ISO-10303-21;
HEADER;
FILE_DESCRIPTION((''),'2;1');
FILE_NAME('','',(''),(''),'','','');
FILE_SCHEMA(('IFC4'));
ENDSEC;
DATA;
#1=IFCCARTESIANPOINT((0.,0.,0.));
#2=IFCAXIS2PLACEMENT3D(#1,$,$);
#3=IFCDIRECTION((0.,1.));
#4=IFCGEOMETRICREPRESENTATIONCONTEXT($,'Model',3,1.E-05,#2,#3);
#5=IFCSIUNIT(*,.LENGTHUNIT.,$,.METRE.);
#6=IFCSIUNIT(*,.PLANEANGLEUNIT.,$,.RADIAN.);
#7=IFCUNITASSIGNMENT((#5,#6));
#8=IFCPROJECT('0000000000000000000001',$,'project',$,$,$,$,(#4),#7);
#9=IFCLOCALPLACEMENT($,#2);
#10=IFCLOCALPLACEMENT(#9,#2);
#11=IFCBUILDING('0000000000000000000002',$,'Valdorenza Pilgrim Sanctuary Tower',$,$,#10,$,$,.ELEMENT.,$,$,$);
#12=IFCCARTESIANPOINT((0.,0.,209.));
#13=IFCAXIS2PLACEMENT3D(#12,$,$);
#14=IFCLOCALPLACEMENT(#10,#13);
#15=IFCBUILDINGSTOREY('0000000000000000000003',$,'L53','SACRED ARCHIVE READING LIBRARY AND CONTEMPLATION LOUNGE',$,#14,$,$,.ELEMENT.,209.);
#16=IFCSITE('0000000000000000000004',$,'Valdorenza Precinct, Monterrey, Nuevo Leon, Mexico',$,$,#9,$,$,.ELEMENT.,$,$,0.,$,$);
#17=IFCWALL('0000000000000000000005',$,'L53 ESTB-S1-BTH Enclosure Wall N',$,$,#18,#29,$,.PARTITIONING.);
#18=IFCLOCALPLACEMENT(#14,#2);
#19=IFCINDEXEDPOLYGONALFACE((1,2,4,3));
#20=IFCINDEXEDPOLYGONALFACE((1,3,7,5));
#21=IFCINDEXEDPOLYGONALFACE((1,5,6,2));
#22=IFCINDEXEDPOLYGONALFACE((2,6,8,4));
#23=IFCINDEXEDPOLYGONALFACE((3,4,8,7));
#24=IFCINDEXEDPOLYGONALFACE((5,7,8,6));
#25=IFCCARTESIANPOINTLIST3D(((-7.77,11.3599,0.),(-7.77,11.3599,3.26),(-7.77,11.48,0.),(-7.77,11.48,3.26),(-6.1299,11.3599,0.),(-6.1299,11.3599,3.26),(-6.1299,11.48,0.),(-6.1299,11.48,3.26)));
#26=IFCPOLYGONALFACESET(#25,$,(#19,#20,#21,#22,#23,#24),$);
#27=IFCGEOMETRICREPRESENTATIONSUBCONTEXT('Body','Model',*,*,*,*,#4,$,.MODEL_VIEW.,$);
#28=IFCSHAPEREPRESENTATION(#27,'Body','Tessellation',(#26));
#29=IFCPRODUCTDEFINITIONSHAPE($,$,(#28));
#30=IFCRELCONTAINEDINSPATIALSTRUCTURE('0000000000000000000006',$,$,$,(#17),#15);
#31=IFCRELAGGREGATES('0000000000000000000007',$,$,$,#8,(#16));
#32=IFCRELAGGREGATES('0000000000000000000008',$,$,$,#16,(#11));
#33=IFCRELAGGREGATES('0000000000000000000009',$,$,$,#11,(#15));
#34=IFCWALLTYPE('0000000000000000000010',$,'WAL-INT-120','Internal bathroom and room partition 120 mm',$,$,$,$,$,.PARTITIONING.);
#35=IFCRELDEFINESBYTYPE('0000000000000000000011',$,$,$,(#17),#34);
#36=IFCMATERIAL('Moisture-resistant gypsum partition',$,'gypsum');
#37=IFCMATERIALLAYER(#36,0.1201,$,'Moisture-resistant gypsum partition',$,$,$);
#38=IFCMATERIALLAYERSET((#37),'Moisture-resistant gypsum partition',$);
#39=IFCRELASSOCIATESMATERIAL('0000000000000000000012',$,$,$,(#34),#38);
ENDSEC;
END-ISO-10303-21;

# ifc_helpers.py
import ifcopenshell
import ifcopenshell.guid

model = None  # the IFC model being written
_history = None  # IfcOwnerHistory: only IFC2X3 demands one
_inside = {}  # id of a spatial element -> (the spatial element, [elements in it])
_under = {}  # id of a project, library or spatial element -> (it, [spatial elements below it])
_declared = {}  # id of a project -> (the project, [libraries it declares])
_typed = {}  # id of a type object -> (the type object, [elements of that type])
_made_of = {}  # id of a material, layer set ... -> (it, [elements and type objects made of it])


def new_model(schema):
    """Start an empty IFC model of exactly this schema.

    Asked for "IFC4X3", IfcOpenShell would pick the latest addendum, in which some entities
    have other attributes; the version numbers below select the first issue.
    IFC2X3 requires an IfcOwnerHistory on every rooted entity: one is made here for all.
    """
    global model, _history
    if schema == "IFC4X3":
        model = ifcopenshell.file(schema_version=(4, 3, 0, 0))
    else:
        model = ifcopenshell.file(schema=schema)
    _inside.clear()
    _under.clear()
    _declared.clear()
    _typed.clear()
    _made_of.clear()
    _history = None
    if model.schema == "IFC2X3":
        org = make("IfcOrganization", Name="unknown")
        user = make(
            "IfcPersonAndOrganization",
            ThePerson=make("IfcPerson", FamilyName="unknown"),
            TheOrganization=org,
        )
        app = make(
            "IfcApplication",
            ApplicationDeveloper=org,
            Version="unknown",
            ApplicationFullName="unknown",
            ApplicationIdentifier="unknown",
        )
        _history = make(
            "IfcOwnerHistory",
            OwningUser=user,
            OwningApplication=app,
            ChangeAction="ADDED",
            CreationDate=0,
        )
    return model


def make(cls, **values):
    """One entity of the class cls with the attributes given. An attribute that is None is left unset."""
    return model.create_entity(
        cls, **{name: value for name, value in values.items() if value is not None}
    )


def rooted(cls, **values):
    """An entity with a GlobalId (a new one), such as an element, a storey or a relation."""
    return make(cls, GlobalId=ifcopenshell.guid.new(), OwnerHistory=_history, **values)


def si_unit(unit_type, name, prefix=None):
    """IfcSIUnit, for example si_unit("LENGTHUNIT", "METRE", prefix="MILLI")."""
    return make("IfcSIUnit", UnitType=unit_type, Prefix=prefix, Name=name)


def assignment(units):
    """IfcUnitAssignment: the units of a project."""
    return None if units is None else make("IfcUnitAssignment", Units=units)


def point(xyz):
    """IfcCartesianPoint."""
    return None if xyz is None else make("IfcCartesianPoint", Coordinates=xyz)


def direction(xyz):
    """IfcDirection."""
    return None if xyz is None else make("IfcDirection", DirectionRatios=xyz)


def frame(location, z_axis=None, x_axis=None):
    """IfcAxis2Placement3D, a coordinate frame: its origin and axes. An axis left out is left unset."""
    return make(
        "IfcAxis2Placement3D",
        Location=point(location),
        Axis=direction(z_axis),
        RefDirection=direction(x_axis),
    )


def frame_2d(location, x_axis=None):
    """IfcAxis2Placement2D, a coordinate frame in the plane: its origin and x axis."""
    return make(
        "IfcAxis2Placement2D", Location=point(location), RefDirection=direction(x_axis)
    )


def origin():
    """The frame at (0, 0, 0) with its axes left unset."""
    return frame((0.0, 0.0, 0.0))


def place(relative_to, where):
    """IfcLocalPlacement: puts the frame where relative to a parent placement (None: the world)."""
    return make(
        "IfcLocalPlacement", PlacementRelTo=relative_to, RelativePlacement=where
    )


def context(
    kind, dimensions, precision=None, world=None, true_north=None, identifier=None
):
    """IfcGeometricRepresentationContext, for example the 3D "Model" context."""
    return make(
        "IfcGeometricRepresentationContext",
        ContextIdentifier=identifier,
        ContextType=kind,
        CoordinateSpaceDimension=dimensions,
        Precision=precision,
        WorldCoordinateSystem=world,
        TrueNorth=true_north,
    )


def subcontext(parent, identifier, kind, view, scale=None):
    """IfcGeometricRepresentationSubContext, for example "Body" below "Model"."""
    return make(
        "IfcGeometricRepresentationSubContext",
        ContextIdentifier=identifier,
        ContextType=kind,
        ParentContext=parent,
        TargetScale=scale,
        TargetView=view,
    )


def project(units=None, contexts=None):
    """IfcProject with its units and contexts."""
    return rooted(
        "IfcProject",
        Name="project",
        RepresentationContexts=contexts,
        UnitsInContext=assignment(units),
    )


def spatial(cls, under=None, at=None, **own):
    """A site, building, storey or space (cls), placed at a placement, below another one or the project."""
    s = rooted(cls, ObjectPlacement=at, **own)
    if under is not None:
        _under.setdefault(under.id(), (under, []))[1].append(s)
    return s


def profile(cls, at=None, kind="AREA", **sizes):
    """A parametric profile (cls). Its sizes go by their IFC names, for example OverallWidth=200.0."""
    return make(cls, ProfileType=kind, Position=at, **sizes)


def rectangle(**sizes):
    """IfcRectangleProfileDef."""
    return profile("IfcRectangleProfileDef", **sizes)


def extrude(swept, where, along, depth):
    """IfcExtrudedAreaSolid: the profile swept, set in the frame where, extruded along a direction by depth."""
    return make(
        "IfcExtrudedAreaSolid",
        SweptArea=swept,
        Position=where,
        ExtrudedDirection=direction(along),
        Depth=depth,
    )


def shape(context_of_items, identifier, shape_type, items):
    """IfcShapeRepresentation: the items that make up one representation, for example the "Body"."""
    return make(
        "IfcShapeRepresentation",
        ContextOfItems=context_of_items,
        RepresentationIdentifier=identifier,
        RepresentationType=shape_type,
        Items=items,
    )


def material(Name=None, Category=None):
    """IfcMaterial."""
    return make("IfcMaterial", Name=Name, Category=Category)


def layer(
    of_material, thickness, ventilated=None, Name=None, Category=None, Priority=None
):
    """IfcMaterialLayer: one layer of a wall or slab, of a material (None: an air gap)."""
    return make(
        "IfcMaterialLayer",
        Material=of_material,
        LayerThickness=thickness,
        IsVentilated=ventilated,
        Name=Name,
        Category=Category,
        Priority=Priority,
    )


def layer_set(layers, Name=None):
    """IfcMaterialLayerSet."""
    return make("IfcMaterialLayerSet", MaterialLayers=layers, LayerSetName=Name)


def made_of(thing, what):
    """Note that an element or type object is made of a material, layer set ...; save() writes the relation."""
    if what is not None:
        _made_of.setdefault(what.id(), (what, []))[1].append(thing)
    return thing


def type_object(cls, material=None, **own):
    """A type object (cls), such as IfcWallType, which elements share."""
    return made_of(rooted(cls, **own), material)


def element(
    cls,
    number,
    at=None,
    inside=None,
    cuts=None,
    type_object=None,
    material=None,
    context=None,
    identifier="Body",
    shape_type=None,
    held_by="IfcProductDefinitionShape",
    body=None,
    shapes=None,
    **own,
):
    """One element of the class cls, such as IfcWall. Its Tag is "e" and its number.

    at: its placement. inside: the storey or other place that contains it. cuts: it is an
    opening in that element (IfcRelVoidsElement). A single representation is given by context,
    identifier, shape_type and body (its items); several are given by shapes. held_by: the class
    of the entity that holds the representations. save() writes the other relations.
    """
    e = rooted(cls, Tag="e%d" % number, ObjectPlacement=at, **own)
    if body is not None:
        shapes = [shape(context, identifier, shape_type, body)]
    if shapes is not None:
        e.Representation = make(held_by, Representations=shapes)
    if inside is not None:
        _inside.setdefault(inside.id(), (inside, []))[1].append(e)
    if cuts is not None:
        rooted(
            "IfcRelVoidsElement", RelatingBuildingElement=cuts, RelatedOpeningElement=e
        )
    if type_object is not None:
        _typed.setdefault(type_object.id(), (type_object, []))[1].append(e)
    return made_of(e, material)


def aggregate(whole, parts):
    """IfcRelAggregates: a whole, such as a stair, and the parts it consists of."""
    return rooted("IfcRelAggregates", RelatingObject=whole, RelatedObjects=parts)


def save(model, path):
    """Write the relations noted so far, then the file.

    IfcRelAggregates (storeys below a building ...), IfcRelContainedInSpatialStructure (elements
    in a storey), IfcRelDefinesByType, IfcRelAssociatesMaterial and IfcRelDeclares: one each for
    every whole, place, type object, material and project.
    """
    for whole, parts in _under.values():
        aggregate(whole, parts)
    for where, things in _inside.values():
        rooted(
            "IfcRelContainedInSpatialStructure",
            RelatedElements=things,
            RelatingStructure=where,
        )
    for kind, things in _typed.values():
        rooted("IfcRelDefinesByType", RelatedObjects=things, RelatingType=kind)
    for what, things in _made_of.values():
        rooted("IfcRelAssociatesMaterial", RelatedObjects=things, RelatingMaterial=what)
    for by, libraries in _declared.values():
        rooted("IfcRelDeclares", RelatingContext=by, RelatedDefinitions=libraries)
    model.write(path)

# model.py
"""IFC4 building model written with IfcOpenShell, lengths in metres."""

from ifc_helpers import new_model, si_unit, direction, frame, frame_2d, origin, place, context, subcontext, project, spatial, rectangle, extrude, material, layer, layer_set, type_object, element, save


model = new_model("IFC4")

# Units and contexts
model_context = context("Model", 3, precision=1e-05, world=origin(), true_north=direction((0.0, 1.0)))
body_context = subcontext(model_context, "Body", "Model", "MODEL_VIEW")
ifc_project = project(units=[si_unit("LENGTHUNIT", "METRE"), si_unit("PLANEANGLEUNIT", "RADIAN")], contexts=[model_context])

# Site, building, storey
site_placement = place(None, origin())
site = spatial("IfcSite", under=ifc_project, at=site_placement, Name="Valdorenza Precinct, Monterrey, Nuevo Leon, Mexico", CompositionType="ELEMENT", RefElevation=0.0)
building_placement = place(site_placement, origin())
building = spatial("IfcBuilding", under=site, at=building_placement, Name="Valdorenza Pilgrim Sanctuary Tower", CompositionType="ELEMENT")
storey_placement = place(building_placement, frame((0.0, 0.0, 209.0)))
storey = spatial("IfcBuildingStorey", under=building, at=storey_placement, Name="L53", Description="SACRED ARCHIVE READING LIBRARY AND CONTEMPLATION LOUNGE", CompositionType="ELEMENT", Elevation=209.0)

# Shared definitions
ifc_material_1 = material(Name="Moisture-resistant gypsum partition", Category="gypsum")
ifc_layer_1 = layer(ifc_material_1, 0.1201, Name="Moisture-resistant gypsum partition")
ifc_layer_set_1 = layer_set([ifc_layer_1], Name="Moisture-resistant gypsum partition")
wall_type_1 = type_object("IfcWallType", Name="WAL-INT-120", Description="Internal bathroom and room partition 120 mm", PredefinedType="PARTITIONING", material=ifc_layer_set_1)

# Wall
wall_1_placement = place(storey_placement, frame((-7.77, 11.4199, 0.0), z_axis=(0.0, 0.0, 1.0), x_axis=(1.0, 0.0, 0.0)))
element("IfcWall", 1, at=wall_1_placement, inside=storey, type_object=wall_type_1, Name="L53 ESTB-S1-BTH Enclosure Wall N", PredefinedType="PARTITIONING", context=body_context, shape_type="SweptSolid", body=[
    extrude(rectangle(XDim=1.6401, YDim=0.1201, at=frame_2d((0.8201, 0.0))), origin(), (0.0, 0.0, 1.0), 3.26),
])

save(model, "model.ifc")
